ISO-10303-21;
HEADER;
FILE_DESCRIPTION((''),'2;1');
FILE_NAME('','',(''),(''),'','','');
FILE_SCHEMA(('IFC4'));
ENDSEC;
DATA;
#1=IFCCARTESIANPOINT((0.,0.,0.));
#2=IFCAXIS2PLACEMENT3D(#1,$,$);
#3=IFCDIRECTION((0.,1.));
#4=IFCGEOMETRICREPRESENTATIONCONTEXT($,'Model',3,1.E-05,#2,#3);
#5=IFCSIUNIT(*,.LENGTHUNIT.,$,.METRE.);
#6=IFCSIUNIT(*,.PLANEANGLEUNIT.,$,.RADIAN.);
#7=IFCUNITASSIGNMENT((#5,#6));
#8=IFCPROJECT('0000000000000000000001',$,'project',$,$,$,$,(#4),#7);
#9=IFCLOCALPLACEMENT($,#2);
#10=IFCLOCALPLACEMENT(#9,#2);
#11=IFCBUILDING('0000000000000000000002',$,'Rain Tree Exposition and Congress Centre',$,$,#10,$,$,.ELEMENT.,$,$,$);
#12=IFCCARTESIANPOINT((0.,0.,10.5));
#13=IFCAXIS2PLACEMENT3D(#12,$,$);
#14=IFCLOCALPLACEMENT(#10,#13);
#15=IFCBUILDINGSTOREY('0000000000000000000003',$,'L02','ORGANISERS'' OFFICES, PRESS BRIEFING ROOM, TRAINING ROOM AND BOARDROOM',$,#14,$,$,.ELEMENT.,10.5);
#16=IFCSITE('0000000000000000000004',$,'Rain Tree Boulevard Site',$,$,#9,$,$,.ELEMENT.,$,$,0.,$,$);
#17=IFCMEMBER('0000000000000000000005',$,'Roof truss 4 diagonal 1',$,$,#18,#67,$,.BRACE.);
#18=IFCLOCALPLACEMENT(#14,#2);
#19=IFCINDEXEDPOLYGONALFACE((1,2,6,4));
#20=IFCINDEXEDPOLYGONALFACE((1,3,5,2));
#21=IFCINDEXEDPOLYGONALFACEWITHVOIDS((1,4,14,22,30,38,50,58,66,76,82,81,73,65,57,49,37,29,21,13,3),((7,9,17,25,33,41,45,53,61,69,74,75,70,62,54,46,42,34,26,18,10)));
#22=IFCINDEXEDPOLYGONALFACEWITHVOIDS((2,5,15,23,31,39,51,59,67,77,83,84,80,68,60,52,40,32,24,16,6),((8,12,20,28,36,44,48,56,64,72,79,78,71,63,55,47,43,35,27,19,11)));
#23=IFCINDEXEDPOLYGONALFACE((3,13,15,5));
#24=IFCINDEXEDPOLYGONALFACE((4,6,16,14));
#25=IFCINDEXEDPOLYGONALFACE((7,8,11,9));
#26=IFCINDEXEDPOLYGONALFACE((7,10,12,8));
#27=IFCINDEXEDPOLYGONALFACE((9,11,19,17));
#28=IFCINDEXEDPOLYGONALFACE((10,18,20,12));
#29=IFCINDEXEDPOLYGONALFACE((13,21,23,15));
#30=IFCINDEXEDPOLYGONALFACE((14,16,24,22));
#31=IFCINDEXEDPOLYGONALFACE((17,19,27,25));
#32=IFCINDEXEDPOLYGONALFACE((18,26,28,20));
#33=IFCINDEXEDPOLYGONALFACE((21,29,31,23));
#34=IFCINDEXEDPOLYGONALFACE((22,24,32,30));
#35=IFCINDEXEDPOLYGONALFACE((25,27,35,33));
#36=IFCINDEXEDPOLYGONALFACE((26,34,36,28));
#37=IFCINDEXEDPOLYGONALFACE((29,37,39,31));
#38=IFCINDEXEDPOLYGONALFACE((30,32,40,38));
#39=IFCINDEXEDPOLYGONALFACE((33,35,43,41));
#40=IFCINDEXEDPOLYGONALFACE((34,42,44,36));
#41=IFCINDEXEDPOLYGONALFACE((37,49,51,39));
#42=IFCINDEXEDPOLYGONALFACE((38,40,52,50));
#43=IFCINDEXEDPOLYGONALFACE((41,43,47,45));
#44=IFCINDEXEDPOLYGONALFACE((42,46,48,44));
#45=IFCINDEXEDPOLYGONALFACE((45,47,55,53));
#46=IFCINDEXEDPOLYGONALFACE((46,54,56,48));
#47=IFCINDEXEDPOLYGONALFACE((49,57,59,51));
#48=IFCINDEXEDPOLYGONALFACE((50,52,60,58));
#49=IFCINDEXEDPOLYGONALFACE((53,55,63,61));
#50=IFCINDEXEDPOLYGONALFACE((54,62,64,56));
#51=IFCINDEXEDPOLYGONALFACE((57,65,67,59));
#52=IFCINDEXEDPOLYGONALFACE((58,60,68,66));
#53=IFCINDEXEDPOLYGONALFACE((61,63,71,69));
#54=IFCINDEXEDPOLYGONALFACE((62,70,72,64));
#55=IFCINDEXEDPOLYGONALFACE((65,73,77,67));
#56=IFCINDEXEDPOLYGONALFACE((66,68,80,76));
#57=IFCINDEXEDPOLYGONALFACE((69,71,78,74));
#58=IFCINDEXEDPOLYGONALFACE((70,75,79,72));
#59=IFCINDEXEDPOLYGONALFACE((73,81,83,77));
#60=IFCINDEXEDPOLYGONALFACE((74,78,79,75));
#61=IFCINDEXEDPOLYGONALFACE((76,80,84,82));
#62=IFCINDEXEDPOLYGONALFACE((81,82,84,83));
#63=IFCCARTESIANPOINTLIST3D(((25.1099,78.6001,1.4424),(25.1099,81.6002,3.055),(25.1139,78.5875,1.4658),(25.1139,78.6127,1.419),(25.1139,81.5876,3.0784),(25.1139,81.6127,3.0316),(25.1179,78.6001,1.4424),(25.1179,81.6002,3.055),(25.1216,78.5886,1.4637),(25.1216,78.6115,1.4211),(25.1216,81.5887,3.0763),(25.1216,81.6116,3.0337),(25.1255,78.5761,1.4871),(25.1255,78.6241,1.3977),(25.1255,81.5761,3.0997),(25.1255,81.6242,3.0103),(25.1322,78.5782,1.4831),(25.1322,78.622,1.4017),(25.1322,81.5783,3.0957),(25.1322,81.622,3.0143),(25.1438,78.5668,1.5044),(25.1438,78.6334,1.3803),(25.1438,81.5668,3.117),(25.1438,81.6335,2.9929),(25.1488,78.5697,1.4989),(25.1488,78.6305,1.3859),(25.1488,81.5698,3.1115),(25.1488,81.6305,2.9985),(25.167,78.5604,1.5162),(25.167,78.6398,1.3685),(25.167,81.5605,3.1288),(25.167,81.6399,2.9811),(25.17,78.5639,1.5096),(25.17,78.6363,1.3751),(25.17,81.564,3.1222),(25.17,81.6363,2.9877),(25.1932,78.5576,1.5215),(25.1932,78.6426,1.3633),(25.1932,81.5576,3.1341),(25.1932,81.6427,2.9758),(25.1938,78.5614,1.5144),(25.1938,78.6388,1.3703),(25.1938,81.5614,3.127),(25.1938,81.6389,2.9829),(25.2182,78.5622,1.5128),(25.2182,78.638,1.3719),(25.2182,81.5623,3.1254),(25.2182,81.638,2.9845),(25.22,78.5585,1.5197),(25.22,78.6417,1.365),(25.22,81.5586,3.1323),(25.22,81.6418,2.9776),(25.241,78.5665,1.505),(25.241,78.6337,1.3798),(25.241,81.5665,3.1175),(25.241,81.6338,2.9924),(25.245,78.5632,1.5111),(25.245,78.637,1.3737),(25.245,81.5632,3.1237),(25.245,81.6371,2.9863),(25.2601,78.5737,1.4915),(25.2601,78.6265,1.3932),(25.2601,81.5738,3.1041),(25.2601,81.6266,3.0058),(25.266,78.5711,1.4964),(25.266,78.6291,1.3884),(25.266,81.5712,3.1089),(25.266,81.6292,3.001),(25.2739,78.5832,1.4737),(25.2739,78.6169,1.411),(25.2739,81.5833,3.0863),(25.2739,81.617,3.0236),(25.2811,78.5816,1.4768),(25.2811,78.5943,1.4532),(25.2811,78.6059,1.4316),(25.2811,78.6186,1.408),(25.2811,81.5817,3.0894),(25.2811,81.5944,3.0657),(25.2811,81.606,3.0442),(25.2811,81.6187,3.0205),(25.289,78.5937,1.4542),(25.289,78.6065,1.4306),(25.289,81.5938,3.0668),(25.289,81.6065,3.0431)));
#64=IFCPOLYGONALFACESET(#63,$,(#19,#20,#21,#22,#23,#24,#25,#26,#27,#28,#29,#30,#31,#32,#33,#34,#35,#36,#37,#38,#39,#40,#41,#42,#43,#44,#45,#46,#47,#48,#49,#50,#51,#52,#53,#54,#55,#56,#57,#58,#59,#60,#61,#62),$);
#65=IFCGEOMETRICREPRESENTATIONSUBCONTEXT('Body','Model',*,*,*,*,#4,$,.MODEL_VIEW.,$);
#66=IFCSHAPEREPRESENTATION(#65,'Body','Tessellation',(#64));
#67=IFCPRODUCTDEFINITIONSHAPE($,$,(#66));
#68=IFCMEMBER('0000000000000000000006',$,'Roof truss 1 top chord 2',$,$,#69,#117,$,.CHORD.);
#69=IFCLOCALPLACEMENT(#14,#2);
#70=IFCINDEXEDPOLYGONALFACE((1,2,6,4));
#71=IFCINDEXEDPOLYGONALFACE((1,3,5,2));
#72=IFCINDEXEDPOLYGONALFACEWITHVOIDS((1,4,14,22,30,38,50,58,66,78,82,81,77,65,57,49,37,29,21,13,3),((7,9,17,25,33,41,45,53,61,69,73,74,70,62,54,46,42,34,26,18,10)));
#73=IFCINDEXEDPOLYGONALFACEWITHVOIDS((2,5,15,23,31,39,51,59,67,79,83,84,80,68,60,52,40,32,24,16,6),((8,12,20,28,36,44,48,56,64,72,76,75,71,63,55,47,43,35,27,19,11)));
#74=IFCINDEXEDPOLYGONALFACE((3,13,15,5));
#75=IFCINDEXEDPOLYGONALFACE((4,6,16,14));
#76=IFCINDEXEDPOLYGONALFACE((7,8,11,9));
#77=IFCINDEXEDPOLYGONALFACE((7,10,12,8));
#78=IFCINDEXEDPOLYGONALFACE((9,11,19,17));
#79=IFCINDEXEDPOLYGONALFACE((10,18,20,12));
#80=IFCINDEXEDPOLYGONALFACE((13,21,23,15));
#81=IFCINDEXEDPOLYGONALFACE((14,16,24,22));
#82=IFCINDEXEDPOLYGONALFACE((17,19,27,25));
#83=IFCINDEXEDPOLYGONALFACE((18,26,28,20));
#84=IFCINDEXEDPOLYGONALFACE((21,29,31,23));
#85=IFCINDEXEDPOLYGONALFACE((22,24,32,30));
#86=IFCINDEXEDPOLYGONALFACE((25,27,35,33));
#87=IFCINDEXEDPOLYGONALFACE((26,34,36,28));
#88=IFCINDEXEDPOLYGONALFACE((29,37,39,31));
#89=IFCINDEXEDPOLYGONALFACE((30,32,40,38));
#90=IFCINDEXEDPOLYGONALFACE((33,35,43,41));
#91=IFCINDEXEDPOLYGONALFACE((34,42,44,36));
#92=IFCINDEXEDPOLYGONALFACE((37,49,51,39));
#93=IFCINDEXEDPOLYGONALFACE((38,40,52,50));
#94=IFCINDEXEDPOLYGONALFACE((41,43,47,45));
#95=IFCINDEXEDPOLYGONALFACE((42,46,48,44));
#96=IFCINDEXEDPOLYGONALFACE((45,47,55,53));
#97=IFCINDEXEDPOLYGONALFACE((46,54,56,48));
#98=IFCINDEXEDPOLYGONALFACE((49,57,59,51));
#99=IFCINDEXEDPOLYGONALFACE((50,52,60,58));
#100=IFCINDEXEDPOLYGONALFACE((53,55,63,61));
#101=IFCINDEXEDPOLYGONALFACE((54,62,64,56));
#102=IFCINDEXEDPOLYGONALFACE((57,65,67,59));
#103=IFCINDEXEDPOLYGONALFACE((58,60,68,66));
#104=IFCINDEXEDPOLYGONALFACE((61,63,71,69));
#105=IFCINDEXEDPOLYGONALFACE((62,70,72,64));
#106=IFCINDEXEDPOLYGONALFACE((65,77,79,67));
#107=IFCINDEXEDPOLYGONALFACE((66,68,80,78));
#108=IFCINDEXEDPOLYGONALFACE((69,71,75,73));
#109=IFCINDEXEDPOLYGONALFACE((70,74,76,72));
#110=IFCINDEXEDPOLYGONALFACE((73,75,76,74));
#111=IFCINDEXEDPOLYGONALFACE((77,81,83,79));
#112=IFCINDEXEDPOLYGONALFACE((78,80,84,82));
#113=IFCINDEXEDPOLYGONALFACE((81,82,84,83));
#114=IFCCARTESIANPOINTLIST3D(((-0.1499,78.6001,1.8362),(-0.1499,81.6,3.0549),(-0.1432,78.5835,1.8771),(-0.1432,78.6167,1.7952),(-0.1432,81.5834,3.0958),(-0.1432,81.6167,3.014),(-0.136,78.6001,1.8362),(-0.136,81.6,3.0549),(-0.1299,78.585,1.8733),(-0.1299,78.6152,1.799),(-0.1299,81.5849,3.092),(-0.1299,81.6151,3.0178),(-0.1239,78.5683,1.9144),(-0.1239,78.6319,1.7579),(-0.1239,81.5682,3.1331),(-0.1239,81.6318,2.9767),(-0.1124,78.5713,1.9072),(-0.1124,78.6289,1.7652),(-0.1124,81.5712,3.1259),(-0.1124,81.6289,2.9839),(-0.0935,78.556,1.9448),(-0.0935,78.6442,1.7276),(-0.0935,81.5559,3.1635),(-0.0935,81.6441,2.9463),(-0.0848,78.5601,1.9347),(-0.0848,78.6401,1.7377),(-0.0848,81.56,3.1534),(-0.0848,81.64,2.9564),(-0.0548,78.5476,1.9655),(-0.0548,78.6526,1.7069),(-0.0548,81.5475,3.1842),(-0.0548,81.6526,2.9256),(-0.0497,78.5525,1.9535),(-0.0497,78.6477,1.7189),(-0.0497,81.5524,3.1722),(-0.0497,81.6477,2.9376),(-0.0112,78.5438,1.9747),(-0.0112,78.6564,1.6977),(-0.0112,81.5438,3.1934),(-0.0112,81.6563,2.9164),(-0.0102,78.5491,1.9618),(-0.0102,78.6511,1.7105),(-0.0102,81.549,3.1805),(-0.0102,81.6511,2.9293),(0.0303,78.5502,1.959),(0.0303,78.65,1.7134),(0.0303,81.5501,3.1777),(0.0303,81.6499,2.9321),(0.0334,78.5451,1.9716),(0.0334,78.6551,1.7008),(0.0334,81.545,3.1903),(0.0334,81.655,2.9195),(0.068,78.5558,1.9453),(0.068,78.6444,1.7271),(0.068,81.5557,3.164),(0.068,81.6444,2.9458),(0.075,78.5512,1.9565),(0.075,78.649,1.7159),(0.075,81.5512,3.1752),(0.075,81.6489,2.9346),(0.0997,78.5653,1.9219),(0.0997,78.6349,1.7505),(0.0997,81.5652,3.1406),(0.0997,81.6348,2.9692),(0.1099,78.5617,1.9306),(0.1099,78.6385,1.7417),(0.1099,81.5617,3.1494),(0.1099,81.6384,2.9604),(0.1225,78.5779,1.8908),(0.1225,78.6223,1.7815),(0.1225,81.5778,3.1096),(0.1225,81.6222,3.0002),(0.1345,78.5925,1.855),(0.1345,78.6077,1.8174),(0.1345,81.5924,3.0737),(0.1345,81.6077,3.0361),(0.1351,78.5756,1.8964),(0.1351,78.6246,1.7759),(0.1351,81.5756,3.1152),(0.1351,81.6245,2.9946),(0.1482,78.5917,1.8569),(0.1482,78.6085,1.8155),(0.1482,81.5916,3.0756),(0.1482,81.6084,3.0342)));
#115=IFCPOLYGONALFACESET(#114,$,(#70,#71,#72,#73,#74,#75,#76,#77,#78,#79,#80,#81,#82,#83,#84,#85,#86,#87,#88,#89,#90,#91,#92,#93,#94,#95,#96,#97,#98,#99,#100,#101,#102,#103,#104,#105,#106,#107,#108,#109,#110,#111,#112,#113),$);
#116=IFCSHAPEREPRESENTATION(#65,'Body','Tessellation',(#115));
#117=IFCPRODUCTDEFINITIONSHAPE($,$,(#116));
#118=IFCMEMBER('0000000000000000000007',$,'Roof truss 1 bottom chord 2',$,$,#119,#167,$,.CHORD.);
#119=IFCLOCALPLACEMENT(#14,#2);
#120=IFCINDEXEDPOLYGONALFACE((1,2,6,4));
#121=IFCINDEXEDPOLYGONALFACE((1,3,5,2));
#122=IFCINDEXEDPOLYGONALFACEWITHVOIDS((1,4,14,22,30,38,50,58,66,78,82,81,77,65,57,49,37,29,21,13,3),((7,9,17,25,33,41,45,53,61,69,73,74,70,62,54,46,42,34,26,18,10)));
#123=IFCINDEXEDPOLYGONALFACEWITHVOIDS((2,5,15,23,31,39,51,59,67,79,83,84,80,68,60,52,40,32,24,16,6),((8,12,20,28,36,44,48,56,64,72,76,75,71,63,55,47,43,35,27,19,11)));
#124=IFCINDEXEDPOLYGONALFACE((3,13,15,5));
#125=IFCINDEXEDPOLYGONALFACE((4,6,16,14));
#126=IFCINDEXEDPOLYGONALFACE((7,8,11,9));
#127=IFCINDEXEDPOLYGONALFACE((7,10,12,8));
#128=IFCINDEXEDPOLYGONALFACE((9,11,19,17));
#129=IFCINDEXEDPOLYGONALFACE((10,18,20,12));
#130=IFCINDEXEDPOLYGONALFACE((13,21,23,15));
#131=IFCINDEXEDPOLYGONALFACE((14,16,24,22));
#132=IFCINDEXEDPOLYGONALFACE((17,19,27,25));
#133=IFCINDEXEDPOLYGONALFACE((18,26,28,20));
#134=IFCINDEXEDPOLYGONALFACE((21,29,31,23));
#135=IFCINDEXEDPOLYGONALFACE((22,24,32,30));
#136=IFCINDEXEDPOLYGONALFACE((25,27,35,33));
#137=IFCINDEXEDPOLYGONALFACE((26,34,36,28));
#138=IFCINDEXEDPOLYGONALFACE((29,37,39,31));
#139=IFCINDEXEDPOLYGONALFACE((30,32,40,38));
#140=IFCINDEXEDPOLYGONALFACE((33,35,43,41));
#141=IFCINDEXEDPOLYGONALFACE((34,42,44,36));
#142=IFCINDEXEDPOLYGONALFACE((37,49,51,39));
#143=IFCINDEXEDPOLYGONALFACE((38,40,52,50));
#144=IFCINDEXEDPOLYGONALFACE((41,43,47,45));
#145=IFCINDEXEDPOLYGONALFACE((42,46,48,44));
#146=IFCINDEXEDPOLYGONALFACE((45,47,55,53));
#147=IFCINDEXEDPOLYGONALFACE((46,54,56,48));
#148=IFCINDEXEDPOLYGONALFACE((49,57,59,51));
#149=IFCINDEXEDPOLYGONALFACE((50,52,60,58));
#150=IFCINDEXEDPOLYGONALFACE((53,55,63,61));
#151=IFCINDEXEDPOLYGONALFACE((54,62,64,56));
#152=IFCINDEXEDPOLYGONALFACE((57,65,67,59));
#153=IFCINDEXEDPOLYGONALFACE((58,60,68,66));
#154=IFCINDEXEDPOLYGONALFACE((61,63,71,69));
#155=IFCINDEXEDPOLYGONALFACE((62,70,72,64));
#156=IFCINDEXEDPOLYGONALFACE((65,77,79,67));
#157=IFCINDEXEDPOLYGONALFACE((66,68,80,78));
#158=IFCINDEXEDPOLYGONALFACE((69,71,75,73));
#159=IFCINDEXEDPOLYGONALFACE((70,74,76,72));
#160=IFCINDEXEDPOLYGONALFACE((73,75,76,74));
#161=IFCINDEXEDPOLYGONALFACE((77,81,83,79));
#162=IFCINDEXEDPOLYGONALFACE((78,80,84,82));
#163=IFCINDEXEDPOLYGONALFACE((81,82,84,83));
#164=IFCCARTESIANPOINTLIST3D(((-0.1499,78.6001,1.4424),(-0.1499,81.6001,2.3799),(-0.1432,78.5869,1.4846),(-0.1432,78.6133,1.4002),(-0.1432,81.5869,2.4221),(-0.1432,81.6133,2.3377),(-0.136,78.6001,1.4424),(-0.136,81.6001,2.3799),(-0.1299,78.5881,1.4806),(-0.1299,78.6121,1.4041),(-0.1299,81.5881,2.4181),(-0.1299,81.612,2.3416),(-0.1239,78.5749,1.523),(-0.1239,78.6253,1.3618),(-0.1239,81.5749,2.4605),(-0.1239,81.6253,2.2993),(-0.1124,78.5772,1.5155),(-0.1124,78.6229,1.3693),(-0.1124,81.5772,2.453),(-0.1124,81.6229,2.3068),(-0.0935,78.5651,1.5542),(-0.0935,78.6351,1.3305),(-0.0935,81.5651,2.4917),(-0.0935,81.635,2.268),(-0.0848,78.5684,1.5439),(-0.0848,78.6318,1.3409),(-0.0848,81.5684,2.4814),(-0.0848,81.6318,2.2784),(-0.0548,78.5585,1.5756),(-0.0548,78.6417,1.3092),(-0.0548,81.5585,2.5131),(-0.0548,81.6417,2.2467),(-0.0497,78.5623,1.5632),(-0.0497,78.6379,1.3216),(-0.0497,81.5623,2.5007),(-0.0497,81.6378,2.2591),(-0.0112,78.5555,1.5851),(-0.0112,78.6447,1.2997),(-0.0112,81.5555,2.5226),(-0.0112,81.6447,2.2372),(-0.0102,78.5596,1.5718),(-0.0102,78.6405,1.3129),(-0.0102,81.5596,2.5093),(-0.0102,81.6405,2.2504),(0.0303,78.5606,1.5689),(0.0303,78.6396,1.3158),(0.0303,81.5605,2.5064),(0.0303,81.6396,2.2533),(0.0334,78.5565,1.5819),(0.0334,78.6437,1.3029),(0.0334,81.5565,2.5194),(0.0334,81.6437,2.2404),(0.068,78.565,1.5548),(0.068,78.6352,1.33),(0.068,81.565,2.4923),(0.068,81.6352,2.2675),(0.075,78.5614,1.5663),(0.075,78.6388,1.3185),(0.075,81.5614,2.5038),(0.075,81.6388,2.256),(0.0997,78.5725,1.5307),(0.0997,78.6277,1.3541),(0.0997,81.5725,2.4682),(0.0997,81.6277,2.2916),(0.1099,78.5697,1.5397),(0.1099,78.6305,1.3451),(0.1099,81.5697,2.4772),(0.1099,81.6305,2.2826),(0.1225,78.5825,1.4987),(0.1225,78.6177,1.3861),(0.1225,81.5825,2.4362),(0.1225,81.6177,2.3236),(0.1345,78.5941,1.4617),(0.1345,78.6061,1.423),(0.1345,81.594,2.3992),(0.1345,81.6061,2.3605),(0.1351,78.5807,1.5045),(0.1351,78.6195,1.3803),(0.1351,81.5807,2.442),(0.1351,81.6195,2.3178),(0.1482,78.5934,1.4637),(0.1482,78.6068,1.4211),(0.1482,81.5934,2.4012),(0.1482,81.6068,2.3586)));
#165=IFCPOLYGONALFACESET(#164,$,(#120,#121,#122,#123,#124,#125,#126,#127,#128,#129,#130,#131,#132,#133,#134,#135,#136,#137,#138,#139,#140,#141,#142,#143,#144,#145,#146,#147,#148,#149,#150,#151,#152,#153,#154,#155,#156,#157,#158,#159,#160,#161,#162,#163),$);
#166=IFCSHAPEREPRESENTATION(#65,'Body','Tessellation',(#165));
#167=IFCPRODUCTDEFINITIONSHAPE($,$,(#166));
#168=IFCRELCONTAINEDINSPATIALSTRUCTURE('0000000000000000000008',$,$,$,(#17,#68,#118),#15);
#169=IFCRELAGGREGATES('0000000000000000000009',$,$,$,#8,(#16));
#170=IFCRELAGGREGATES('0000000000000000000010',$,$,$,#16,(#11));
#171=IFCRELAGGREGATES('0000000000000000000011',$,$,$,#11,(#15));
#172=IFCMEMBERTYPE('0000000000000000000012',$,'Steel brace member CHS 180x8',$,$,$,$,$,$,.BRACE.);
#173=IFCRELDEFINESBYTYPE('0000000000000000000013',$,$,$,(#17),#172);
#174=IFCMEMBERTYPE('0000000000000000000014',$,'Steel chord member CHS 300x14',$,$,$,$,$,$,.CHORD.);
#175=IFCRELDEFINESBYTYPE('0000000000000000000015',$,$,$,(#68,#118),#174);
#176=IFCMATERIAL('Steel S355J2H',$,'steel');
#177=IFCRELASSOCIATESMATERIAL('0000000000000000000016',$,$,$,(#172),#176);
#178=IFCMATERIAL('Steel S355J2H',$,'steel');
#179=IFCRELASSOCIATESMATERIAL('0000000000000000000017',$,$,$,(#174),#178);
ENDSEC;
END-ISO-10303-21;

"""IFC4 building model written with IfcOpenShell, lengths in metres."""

from ifc_helpers import new_model, si_unit, direction, frame, origin, origin_2d, place, context, subcontext, project, spatial, hollow_circle, extrude, material, material_profile, profile_set, type_object, element, save


model = new_model("IFC4")

# Units and contexts
model_context = context("Model", 3, precision=1e-05, world=origin(), true_north=direction((0.0, 1.0)))
body_context = subcontext(model_context, "Body", "Model", "MODEL_VIEW")
ifc_project = project(units=[si_unit("LENGTHUNIT", "METRE"), si_unit("PLANEANGLEUNIT", "RADIAN")], contexts=[model_context])

# Site, building, storey
site_placement = place(None, origin())
site = spatial("IfcSite", under=ifc_project, at=site_placement, Name="Rain Tree Boulevard Site", CompositionType="ELEMENT", RefElevation=0.0)
building_placement = place(site_placement, origin())
building = spatial("IfcBuilding", under=site, at=building_placement, Name="Rain Tree Exposition and Congress Centre", CompositionType="ELEMENT")
storey_placement = place(building_placement, frame((0.0, 0.0, 10.5)))
storey = spatial("IfcBuildingStorey", under=building, at=storey_placement, Name="L02", Description="ORGANISERS' OFFICES, PRESS BRIEFING ROOM, TRAINING ROOM AND BOARDROOM", CompositionType="ELEMENT", Elevation=10.5)

# Members
ifc_material_1 = material(Name="Steel S355J2H", Category="steel")
ifc_material_profile_1 = material_profile(ifc_material_1, hollow_circle(Radius=0.0901, WallThickness=0.0081, at=origin_2d()), Name="CHS 180x8")
ifc_profile_set_1 = profile_set([ifc_material_profile_1], Name="Steel S355J2H")
member_type_1 = type_object("IfcMemberType", Name="Steel brace member CHS 180x8", PredefinedType="BRACE", material=ifc_profile_set_1)
for number, where, z_axis, x_axis, name in (
    (1, (25.2, 78.6001, 1.4424), (0.0, 0.880818, 0.473454), (-1.0, 0.0, 0.0), "Roof truss 4 diagonal 1"),
):
    element("IfcMember", number, at=place(storey_placement, frame(where, z_axis=z_axis, x_axis=x_axis)), inside=storey, type_object=member_type_1, Name=name, PredefinedType="BRACE", context=body_context, shape_type="SweptSolid", body=[
        extrude(hollow_circle(Radius=0.0901, WallThickness=0.0081, at=origin_2d()), origin(), (0.0, 0.0, 1.0), 3.406),
    ])
ifc_material_2 = material(Name="Steel S355J2H", Category="steel")
ifc_material_profile_2 = material_profile(ifc_material_2, hollow_circle(Radius=0.1499, WallThickness=0.0139, at=origin_2d()), Name="CHS 300x14")
ifc_profile_set_2 = profile_set([ifc_material_profile_2], Name="Steel S355J2H")
member_type_2 = type_object("IfcMemberType", Name="Steel chord member CHS 300x14", PredefinedType="CHORD", material=ifc_profile_set_2)
member_1_placement = place(storey_placement, frame((0.0, 78.6001, 1.8362), z_axis=(0.0, 0.926467, 0.376377), x_axis=(-1.0, 0.0, 0.0)))
element("IfcMember", 2, at=member_1_placement, inside=storey, type_object=member_type_2, Name="Roof truss 1 top chord 2", PredefinedType="CHORD", context=body_context, shape_type="SweptSolid", body=[
    extrude(hollow_circle(Radius=0.1499, WallThickness=0.0139, at=origin_2d()), origin(), (0.0, 0.0, 1.0), 3.238),
])
member_2_placement = place(storey_placement, frame((0.0, 78.6001, 1.4424), z_axis=(0.0, 0.95448, 0.298275), x_axis=(-1.0, 0.0, 0.0)))
element("IfcMember", 3, at=member_2_placement, inside=storey, type_object=member_type_2, Name="Roof truss 1 bottom chord 2", PredefinedType="CHORD", context=body_context, shape_type="SweptSolid", body=[
    extrude(hollow_circle(Radius=0.1499, WallThickness=0.0139, at=origin_2d()), origin(), (0.0, 0.0, 1.0), 3.1431),
])

save(model, "model.ifc")
